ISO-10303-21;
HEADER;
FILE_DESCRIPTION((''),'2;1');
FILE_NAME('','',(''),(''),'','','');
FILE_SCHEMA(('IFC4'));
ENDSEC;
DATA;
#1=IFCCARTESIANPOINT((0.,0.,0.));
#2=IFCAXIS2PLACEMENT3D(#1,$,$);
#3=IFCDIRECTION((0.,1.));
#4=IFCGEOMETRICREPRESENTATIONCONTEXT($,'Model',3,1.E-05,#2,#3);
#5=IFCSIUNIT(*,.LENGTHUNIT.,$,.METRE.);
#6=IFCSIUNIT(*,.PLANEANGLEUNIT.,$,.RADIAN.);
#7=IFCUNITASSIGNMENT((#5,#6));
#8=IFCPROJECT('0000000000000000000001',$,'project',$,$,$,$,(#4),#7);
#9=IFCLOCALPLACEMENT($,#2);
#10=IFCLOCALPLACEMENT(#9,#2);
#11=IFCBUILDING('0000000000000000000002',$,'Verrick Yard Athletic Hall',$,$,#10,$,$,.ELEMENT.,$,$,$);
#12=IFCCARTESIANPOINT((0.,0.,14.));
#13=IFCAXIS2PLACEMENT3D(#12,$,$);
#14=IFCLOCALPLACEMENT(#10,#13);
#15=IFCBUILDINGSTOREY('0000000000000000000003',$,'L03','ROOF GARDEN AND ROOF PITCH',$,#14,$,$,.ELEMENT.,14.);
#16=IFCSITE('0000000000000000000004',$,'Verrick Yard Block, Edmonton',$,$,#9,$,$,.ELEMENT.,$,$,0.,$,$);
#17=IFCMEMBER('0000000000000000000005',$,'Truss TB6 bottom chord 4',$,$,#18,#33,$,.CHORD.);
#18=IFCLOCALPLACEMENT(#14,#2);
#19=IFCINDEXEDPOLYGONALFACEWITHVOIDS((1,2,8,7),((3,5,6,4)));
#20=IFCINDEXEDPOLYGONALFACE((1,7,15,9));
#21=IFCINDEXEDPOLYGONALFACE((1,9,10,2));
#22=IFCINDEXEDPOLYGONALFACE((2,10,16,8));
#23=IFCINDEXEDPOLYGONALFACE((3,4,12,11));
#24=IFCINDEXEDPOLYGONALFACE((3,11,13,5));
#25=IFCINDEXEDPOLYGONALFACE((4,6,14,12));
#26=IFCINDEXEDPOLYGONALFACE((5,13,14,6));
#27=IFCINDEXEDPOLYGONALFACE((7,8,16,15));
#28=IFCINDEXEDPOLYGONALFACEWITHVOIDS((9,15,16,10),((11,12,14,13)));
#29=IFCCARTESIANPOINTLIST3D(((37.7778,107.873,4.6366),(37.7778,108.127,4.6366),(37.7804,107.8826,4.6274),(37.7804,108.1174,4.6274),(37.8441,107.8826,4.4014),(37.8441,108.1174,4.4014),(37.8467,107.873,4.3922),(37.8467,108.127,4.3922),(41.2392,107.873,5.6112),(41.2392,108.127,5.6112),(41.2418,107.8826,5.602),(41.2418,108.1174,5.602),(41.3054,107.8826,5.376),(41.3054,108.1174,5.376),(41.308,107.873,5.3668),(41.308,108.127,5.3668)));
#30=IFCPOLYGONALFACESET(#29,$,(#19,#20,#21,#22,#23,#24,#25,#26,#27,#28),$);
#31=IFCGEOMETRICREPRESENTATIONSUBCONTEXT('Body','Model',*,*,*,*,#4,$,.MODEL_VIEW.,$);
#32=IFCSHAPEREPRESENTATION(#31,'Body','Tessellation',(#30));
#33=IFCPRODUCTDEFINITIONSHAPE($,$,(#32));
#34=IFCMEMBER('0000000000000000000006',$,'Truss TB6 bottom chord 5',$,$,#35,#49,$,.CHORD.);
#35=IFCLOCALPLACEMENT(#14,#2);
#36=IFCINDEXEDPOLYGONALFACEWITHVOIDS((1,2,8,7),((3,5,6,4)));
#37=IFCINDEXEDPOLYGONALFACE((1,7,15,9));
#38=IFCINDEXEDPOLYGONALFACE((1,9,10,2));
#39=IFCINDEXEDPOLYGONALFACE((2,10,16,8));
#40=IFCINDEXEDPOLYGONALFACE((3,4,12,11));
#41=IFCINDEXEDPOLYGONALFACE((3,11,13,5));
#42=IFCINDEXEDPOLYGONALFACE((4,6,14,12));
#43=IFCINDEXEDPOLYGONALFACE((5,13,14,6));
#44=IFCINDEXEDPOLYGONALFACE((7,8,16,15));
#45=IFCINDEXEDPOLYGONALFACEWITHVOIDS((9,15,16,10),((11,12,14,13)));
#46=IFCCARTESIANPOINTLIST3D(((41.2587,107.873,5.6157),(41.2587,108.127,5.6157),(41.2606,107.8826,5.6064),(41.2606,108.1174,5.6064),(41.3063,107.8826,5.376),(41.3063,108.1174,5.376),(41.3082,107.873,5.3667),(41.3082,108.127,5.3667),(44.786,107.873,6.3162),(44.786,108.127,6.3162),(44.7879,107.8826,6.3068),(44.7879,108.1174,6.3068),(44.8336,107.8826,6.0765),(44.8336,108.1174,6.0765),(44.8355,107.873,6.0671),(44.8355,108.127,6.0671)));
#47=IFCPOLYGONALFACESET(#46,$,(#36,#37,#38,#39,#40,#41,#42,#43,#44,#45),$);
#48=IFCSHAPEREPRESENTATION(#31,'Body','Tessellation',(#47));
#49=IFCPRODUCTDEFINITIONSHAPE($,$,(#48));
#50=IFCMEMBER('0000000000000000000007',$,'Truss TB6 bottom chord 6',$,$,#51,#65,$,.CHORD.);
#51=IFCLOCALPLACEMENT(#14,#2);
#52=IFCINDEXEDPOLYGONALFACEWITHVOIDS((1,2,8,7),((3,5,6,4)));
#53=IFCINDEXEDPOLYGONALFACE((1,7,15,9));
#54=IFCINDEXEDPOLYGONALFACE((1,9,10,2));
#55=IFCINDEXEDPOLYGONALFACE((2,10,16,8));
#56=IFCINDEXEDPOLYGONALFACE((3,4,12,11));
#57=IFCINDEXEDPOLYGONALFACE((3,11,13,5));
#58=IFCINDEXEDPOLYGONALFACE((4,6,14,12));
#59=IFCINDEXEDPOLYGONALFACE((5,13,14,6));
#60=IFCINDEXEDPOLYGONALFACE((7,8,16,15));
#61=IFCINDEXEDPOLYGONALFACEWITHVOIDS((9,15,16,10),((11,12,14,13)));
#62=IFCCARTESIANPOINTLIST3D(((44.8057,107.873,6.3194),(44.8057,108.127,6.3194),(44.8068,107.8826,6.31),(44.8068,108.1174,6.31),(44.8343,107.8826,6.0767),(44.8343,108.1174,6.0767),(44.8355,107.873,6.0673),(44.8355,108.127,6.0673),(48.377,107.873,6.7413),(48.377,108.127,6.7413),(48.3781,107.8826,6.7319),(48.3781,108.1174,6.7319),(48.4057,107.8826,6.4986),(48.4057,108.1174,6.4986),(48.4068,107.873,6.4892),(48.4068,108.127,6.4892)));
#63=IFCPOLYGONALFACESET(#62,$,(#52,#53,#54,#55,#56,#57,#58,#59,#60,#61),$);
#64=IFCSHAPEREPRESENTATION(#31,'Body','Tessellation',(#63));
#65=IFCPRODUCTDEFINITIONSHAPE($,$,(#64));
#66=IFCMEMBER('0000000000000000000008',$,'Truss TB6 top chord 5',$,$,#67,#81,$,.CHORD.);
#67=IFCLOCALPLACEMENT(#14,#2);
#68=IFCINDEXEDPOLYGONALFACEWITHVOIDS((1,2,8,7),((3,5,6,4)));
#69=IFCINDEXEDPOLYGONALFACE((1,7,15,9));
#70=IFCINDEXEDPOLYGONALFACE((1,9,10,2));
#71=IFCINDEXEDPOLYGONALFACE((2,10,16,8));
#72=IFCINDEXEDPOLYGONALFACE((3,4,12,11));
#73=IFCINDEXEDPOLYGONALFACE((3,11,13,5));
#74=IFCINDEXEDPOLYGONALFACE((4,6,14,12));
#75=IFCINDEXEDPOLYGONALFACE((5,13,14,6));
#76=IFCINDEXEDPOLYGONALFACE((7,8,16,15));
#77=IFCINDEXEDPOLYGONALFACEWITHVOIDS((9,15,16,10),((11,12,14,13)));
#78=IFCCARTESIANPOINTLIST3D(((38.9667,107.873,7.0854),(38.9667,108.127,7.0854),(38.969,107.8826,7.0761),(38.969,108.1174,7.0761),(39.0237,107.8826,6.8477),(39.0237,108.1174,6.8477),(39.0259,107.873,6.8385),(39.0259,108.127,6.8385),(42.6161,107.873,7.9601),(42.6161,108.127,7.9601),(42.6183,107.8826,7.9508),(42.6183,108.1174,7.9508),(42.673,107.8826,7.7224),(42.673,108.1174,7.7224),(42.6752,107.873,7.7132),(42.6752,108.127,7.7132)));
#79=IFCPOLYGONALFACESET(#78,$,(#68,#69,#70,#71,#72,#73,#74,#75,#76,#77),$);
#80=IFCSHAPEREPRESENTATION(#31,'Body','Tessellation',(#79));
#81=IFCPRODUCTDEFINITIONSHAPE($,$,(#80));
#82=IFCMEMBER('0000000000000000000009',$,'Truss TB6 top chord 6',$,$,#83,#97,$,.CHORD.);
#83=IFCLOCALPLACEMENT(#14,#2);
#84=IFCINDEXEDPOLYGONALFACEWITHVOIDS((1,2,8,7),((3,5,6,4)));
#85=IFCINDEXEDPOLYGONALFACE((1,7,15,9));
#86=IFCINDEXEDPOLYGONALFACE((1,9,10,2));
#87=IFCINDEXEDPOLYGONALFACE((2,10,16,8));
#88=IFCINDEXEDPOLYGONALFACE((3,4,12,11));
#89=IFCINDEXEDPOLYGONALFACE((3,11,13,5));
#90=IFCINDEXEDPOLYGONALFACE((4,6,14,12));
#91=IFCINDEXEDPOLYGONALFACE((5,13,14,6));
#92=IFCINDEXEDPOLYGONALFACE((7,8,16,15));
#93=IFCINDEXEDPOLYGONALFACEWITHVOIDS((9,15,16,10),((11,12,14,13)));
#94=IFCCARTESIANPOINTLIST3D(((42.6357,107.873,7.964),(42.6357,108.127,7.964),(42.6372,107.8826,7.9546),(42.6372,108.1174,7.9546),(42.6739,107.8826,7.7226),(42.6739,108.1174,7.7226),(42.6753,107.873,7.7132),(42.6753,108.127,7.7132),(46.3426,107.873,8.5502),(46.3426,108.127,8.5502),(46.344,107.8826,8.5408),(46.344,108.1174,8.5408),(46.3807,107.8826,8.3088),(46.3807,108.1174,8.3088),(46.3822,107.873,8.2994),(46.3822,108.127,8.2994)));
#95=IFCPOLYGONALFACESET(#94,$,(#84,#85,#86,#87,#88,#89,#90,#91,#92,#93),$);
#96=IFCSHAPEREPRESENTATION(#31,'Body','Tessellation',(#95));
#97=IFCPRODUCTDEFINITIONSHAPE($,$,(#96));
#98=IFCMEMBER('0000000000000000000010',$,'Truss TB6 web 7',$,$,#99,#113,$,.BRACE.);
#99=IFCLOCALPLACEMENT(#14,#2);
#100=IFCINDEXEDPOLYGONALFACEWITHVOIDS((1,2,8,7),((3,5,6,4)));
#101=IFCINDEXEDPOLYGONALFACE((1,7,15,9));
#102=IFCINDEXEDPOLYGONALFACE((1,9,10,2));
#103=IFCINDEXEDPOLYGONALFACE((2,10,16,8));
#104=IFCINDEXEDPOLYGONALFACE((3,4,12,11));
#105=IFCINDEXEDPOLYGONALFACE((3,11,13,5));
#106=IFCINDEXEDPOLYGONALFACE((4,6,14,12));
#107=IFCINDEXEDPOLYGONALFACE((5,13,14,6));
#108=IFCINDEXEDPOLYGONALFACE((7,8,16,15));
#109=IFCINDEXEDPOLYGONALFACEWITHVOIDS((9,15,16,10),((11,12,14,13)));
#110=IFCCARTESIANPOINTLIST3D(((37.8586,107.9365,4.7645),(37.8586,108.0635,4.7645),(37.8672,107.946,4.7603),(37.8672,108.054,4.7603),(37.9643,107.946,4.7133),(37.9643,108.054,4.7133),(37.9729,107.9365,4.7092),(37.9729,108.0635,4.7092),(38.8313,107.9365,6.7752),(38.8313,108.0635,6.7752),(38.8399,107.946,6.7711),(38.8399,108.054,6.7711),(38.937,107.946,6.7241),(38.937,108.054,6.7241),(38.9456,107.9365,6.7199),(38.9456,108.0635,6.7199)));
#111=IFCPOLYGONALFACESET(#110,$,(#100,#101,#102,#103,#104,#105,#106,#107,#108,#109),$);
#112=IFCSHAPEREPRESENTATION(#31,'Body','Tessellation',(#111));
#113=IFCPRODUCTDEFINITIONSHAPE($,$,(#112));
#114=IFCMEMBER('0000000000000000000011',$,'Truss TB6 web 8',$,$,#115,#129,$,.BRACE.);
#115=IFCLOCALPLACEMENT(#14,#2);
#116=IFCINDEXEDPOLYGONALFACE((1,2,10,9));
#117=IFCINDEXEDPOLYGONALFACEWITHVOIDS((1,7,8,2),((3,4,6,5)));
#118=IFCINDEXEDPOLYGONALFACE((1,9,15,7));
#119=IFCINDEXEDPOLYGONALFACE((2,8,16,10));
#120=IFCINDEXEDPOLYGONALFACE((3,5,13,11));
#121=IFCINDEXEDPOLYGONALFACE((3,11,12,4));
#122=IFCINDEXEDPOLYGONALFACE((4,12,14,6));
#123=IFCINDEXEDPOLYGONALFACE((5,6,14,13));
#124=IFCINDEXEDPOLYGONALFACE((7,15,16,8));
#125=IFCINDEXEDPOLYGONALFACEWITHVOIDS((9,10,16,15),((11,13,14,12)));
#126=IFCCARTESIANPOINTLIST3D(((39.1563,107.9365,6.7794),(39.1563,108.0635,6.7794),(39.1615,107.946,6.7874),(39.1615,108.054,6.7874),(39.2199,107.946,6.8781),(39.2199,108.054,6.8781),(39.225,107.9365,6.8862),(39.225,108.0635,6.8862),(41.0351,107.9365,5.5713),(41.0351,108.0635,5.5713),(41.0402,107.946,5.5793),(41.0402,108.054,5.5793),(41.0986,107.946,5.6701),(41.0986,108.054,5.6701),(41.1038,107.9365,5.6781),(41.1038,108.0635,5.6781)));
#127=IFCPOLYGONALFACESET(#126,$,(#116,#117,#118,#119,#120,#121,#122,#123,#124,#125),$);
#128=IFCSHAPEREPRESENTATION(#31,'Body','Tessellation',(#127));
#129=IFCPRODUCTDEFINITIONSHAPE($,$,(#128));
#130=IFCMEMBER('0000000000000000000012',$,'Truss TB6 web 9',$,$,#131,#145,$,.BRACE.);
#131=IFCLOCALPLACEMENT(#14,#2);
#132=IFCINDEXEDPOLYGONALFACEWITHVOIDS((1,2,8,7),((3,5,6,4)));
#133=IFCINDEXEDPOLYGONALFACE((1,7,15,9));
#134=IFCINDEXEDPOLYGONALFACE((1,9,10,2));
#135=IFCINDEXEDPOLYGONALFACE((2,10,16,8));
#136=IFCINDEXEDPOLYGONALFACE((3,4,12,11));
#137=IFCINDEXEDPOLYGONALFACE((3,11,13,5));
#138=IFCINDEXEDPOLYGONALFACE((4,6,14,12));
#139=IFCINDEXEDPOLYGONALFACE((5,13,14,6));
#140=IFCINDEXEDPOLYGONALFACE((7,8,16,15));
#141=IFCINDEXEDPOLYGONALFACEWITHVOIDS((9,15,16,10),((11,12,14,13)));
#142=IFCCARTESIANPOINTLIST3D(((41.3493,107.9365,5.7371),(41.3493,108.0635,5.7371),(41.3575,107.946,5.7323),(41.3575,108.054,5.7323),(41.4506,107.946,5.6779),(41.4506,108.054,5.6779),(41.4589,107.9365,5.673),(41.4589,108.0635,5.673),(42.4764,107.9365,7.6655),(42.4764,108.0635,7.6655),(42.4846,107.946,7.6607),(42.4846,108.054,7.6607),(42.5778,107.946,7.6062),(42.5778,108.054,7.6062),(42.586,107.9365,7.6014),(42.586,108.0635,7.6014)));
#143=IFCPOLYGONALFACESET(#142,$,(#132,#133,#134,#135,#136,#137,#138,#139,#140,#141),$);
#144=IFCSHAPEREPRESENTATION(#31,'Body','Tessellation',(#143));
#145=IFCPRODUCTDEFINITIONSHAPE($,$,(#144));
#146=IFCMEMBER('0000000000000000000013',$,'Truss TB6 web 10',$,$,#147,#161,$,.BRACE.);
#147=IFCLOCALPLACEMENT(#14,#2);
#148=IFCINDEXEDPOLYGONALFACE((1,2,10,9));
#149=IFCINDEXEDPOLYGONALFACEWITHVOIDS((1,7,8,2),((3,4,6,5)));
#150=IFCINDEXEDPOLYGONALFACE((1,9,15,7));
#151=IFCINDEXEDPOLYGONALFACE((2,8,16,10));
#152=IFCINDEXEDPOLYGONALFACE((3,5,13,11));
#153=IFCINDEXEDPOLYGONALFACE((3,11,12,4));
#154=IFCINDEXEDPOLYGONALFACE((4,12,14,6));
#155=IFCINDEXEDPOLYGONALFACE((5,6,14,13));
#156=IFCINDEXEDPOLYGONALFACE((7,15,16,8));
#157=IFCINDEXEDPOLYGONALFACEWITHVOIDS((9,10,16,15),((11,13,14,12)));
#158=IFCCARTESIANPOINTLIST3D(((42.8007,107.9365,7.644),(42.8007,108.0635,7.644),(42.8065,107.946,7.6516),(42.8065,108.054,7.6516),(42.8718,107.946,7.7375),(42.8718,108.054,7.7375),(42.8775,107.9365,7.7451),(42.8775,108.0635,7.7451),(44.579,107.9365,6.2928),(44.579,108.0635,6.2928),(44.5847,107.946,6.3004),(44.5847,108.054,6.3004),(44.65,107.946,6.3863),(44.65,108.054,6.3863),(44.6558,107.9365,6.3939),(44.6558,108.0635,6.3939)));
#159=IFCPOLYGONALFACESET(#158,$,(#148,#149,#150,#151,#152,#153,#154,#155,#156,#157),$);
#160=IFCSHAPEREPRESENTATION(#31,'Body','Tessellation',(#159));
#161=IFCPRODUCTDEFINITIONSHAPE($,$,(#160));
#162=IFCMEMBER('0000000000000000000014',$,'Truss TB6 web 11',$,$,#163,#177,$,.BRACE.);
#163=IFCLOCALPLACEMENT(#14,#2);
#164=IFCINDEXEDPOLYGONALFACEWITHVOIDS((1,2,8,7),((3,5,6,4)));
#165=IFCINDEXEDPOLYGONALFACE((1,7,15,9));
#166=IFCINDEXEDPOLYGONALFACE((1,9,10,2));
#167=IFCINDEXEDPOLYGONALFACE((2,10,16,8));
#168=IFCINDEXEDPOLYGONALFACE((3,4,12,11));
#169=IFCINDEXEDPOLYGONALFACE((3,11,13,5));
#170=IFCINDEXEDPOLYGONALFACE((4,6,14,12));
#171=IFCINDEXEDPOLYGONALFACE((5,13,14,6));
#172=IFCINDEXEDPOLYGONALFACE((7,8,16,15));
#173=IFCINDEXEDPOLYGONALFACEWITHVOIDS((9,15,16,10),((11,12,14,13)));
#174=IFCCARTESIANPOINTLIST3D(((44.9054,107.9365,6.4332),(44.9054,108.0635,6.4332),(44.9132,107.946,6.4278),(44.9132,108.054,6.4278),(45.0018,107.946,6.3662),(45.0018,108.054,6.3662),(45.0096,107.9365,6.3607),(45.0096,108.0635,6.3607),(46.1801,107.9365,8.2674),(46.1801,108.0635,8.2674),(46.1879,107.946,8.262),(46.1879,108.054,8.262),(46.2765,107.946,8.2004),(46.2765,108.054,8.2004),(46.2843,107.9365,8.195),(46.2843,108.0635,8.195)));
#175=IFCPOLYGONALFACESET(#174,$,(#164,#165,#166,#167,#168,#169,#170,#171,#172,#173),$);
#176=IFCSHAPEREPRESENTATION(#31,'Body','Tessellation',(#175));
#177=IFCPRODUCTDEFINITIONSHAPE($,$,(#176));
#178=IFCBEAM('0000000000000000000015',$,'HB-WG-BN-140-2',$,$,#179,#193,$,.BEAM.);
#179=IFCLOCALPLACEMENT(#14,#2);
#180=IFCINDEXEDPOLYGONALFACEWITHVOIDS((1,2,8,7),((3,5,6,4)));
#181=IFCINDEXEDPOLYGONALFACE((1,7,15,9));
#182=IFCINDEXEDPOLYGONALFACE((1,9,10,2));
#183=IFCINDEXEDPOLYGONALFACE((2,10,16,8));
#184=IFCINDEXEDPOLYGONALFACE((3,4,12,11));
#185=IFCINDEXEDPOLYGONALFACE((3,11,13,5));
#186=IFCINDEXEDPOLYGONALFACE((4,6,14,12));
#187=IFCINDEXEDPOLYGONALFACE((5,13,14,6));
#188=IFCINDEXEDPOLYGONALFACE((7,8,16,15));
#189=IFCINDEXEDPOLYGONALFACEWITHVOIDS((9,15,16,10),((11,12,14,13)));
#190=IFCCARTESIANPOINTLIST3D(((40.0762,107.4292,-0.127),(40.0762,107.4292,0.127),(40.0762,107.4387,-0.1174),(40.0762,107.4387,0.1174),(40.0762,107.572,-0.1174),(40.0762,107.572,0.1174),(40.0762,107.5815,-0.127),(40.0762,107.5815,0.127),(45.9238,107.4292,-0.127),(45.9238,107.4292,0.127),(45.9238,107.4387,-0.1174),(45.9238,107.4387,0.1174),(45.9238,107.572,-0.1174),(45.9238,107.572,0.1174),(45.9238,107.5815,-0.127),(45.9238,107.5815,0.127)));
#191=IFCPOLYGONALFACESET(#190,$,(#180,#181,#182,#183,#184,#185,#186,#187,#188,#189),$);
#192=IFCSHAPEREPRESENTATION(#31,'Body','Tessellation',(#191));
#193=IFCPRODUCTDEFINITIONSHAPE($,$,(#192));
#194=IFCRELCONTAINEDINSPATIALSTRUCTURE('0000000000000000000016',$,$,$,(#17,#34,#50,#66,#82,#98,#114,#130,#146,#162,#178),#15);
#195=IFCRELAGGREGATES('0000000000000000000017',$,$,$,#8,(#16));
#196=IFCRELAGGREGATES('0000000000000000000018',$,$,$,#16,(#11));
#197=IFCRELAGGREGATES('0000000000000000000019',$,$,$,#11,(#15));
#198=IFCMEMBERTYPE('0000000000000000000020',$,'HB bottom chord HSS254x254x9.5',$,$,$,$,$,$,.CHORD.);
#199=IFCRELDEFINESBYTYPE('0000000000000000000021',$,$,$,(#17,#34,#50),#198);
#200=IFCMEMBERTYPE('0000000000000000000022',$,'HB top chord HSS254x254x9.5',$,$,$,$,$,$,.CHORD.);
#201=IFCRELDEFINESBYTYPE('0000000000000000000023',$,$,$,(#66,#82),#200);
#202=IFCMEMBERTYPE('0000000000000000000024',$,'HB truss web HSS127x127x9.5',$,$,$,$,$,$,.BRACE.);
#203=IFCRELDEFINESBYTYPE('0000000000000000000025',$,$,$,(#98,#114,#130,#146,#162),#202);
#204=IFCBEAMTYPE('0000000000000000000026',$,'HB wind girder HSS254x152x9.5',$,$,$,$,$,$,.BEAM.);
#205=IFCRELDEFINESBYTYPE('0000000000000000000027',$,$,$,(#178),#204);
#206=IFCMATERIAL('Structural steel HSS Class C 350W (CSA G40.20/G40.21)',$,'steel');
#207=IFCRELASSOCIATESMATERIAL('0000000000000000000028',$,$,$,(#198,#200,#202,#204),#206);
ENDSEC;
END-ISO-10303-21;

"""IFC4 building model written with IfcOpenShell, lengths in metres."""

from ifc_helpers import new_model, si_unit, direction, frame, origin, origin_2d, place, context, subcontext, project, spatial, hollow_rectangle, extrude, material, material_profile, profile_set, type_object, element, save


model = new_model("IFC4")

# Units and contexts
model_context = context("Model", 3, precision=1e-05, world=origin(), true_north=direction((0.0, 1.0)))
body_context = subcontext(model_context, "Body", "Model", "MODEL_VIEW")
ifc_project = project(units=[si_unit("LENGTHUNIT", "METRE"), si_unit("PLANEANGLEUNIT", "RADIAN")], contexts=[model_context])

# Site, building, storey
site_placement = place(None, origin())
site = spatial("IfcSite", under=ifc_project, at=site_placement, Name="Verrick Yard Block, Edmonton", CompositionType="ELEMENT", RefElevation=0.0)
building_placement = place(site_placement, origin())
building = spatial("IfcBuilding", under=site, at=building_placement, Name="Verrick Yard Athletic Hall", CompositionType="ELEMENT")
storey_placement = place(building_placement, frame((0.0, 0.0, 14.0)))
storey = spatial("IfcBuildingStorey", under=building, at=storey_placement, Name="L03", Description="ROOF GARDEN AND ROOF PITCH", CompositionType="ELEMENT", Elevation=14.0)

# Members
ifc_material_1 = material(Name="Structural steel HSS Class C 350W (CSA G40.20/G40.21)", Category="steel")
ifc_material_profile_1 = material_profile(ifc_material_1, hollow_rectangle(XDim=0.2539, YDim=0.2539, WallThickness=0.0095, at=origin_2d()), Name="HSS254x254x9.5")
ifc_profile_set_1 = profile_set([ifc_material_profile_1], Name="Structural steel HSS Class C 350W (CSA G40.20/G40.21)")
member_type_1 = type_object("IfcMemberType", Name="HB bottom chord HSS254x254x9.5", PredefinedType="CHORD", material=ifc_profile_set_1)
member_1_placement = place(storey_placement, frame((37.8123, 108.0, 4.5144), z_axis=(0.962572, 0.0, 0.271025), x_axis=(0.0, 1.0, 0.0)))
element("IfcMember", 1, at=member_1_placement, inside=storey, type_object=member_type_1, Name="Truss TB6 bottom chord 4", PredefinedType="CHORD", context=body_context, shape_type="SweptSolid", body=[
    extrude(hollow_rectangle(XDim=0.2539, YDim=0.2539, WallThickness=0.0095, at=origin_2d()), origin(), (0.0, 0.0, 1.0), 3.5959),
])
for number, where, z_axis, x_axis, name in (
    (2, (41.2834, 108.0, 5.4912), (0.980849, 0.0, 0.194771), (0.0, 1.0, 0.0), "Truss TB6 bottom chord 5"),
    (3, (44.8206, 108.0, 6.1934), (0.993095, 0.0, 0.117314), (0.0, 1.0, 0.0), "Truss TB6 bottom chord 6"),
):
    element("IfcMember", number, at=place(storey_placement, frame(where, z_axis=z_axis, x_axis=x_axis)), inside=storey, type_object=member_type_1, Name=name, PredefinedType="CHORD", context=body_context, shape_type="SweptSolid", body=[
        extrude(hollow_rectangle(XDim=0.2539, YDim=0.2539, WallThickness=0.0095, at=origin_2d()), origin(), (0.0, 0.0, 1.0), 3.5962),
    ])
ifc_material_profile_2 = material_profile(ifc_material_1, hollow_rectangle(XDim=0.2539, YDim=0.2539, WallThickness=0.0095, at=origin_2d()), Name="HSS254x254x9.5")
ifc_profile_set_2 = profile_set([ifc_material_profile_2], Name="Structural steel HSS Class C 350W (CSA G40.20/G40.21)")
member_type_2 = type_object("IfcMemberType", Name="HB top chord HSS254x254x9.5", PredefinedType="CHORD", material=ifc_profile_set_2)
member_2_placement = place(storey_placement, frame((38.9963, 108.0, 6.9619), z_axis=(0.972454, 0.0, 0.233095), x_axis=(0.0, 1.0, 0.0)))
element("IfcMember", 4, at=member_2_placement, inside=storey, type_object=member_type_2, Name="Truss TB6 top chord 5", PredefinedType="CHORD", context=body_context, shape_type="SweptSolid", body=[
    extrude(hollow_rectangle(XDim=0.2539, YDim=0.2539, WallThickness=0.0095, at=origin_2d()), origin(), (0.0, 0.0, 1.0), 3.7527),
])
member_3_placement = place(storey_placement, frame((42.6555, 108.0, 7.8386), z_axis=(0.987726, 0.0, 0.156196), x_axis=(0.0, 1.0, 0.0)))
element("IfcMember", 5, at=member_3_placement, inside=storey, type_object=member_type_2, Name="Truss TB6 top chord 6", PredefinedType="CHORD", context=body_context, shape_type="SweptSolid", body=[
    extrude(hollow_rectangle(XDim=0.2539, YDim=0.2539, WallThickness=0.0095, at=origin_2d()), origin(), (0.0, 0.0, 1.0), 3.7529),
])
ifc_material_profile_3 = material_profile(ifc_material_1, hollow_rectangle(XDim=0.127, YDim=0.127, WallThickness=0.0095, at=origin_2d()), Name="HSS127x127x9.5")
ifc_profile_set_3 = profile_set([ifc_material_profile_3], Name="Structural steel HSS Class C 350W (CSA G40.20/G40.21)")
member_type_3 = type_object("IfcMemberType", Name="HB truss web HSS127x127x9.5", PredefinedType="BRACE", material=ifc_profile_set_3)
for number, where, z_axis, x_axis, name in (
    (6, (37.9158, 108.0, 4.7368), (0.435458, 0.0, 0.900209), (0.0, 1.0, 0.0), "Truss TB6 web 7"),
    (7, (39.1907, 108.0, 6.8328), (0.841118, 0.0, -0.540852), (0.0, 1.0, 0.0), "Truss TB6 web 8"),
    (8, (41.4041, 108.0, 5.7051), (0.504625, 0.0, 0.863339), (0.0, 1.0, 0.0), "Truss TB6 web 9"),
):
    element("IfcMember", number, at=place(storey_placement, frame(where, z_axis=z_axis, x_axis=x_axis)), inside=storey, type_object=member_type_3, Name=name, PredefinedType="BRACE", context=body_context, shape_type="SweptSolid", body=[
        extrude(hollow_rectangle(XDim=0.127, YDim=0.127, WallThickness=0.0095, at=origin_2d()), origin(), (0.0, 0.0, 1.0), 2.2336),
    ])
member_4_placement = place(storey_placement, frame((42.8391, 108.0, 7.6946), z_axis=(0.796206, 0.0, -0.605025), x_axis=(0.0, 1.0, 0.0)))
element("IfcMember", 9, at=member_4_placement, inside=storey, type_object=member_type_3, Name="Truss TB6 web 10", PredefinedType="BRACE", context=body_context, shape_type="SweptSolid", body=[
    extrude(hollow_rectangle(XDim=0.127, YDim=0.127, WallThickness=0.0095, at=origin_2d()), origin(), (0.0, 0.0, 1.0), 2.2334),
])
member_5_placement = place(storey_placement, frame((44.9575, 108.0, 6.397), z_axis=(0.570664, 0.0, 0.821184), x_axis=(0.0, 1.0, 0.0)))
element("IfcMember", 10, at=member_5_placement, inside=storey, type_object=member_type_3, Name="Truss TB6 web 11", PredefinedType="BRACE", context=body_context, shape_type="SweptSolid", body=[
    extrude(hollow_rectangle(XDim=0.127, YDim=0.127, WallThickness=0.0095, at=origin_2d()), origin(), (0.0, 0.0, 1.0), 2.2336),
])

# Beam
ifc_material_profile_4 = material_profile(ifc_material_1, hollow_rectangle(XDim=0.1523, YDim=0.2539, WallThickness=0.0095, at=origin_2d()), Name="HSS254x152x9.5")
ifc_profile_set_4 = profile_set([ifc_material_profile_4], Name="Structural steel HSS Class C 350W (CSA G40.20/G40.21)")
beam_type = type_object("IfcBeamType", Name="HB wind girder HSS254x152x9.5", PredefinedType="BEAM", material=ifc_profile_set_4)
for number, where, z_axis, x_axis, name in (
    (11, (40.0762, 107.5054, 0.0), (1.0, 0.0, 0.0), (0.0, 1.0, 0.0), "HB-WG-BN-140-2"),
):
    element("IfcBeam", number, at=place(storey_placement, frame(where, z_axis=z_axis, x_axis=x_axis)), inside=storey, type_object=beam_type, Name=name, PredefinedType="BEAM", context=body_context, shape_type="SweptSolid", body=[
        extrude(hollow_rectangle(XDim=0.1523, YDim=0.2539, WallThickness=0.0095, at=origin_2d()), origin(), (0.0, 0.0, 1.0), 5.8477),
    ])

save(model, "model.ifc")
